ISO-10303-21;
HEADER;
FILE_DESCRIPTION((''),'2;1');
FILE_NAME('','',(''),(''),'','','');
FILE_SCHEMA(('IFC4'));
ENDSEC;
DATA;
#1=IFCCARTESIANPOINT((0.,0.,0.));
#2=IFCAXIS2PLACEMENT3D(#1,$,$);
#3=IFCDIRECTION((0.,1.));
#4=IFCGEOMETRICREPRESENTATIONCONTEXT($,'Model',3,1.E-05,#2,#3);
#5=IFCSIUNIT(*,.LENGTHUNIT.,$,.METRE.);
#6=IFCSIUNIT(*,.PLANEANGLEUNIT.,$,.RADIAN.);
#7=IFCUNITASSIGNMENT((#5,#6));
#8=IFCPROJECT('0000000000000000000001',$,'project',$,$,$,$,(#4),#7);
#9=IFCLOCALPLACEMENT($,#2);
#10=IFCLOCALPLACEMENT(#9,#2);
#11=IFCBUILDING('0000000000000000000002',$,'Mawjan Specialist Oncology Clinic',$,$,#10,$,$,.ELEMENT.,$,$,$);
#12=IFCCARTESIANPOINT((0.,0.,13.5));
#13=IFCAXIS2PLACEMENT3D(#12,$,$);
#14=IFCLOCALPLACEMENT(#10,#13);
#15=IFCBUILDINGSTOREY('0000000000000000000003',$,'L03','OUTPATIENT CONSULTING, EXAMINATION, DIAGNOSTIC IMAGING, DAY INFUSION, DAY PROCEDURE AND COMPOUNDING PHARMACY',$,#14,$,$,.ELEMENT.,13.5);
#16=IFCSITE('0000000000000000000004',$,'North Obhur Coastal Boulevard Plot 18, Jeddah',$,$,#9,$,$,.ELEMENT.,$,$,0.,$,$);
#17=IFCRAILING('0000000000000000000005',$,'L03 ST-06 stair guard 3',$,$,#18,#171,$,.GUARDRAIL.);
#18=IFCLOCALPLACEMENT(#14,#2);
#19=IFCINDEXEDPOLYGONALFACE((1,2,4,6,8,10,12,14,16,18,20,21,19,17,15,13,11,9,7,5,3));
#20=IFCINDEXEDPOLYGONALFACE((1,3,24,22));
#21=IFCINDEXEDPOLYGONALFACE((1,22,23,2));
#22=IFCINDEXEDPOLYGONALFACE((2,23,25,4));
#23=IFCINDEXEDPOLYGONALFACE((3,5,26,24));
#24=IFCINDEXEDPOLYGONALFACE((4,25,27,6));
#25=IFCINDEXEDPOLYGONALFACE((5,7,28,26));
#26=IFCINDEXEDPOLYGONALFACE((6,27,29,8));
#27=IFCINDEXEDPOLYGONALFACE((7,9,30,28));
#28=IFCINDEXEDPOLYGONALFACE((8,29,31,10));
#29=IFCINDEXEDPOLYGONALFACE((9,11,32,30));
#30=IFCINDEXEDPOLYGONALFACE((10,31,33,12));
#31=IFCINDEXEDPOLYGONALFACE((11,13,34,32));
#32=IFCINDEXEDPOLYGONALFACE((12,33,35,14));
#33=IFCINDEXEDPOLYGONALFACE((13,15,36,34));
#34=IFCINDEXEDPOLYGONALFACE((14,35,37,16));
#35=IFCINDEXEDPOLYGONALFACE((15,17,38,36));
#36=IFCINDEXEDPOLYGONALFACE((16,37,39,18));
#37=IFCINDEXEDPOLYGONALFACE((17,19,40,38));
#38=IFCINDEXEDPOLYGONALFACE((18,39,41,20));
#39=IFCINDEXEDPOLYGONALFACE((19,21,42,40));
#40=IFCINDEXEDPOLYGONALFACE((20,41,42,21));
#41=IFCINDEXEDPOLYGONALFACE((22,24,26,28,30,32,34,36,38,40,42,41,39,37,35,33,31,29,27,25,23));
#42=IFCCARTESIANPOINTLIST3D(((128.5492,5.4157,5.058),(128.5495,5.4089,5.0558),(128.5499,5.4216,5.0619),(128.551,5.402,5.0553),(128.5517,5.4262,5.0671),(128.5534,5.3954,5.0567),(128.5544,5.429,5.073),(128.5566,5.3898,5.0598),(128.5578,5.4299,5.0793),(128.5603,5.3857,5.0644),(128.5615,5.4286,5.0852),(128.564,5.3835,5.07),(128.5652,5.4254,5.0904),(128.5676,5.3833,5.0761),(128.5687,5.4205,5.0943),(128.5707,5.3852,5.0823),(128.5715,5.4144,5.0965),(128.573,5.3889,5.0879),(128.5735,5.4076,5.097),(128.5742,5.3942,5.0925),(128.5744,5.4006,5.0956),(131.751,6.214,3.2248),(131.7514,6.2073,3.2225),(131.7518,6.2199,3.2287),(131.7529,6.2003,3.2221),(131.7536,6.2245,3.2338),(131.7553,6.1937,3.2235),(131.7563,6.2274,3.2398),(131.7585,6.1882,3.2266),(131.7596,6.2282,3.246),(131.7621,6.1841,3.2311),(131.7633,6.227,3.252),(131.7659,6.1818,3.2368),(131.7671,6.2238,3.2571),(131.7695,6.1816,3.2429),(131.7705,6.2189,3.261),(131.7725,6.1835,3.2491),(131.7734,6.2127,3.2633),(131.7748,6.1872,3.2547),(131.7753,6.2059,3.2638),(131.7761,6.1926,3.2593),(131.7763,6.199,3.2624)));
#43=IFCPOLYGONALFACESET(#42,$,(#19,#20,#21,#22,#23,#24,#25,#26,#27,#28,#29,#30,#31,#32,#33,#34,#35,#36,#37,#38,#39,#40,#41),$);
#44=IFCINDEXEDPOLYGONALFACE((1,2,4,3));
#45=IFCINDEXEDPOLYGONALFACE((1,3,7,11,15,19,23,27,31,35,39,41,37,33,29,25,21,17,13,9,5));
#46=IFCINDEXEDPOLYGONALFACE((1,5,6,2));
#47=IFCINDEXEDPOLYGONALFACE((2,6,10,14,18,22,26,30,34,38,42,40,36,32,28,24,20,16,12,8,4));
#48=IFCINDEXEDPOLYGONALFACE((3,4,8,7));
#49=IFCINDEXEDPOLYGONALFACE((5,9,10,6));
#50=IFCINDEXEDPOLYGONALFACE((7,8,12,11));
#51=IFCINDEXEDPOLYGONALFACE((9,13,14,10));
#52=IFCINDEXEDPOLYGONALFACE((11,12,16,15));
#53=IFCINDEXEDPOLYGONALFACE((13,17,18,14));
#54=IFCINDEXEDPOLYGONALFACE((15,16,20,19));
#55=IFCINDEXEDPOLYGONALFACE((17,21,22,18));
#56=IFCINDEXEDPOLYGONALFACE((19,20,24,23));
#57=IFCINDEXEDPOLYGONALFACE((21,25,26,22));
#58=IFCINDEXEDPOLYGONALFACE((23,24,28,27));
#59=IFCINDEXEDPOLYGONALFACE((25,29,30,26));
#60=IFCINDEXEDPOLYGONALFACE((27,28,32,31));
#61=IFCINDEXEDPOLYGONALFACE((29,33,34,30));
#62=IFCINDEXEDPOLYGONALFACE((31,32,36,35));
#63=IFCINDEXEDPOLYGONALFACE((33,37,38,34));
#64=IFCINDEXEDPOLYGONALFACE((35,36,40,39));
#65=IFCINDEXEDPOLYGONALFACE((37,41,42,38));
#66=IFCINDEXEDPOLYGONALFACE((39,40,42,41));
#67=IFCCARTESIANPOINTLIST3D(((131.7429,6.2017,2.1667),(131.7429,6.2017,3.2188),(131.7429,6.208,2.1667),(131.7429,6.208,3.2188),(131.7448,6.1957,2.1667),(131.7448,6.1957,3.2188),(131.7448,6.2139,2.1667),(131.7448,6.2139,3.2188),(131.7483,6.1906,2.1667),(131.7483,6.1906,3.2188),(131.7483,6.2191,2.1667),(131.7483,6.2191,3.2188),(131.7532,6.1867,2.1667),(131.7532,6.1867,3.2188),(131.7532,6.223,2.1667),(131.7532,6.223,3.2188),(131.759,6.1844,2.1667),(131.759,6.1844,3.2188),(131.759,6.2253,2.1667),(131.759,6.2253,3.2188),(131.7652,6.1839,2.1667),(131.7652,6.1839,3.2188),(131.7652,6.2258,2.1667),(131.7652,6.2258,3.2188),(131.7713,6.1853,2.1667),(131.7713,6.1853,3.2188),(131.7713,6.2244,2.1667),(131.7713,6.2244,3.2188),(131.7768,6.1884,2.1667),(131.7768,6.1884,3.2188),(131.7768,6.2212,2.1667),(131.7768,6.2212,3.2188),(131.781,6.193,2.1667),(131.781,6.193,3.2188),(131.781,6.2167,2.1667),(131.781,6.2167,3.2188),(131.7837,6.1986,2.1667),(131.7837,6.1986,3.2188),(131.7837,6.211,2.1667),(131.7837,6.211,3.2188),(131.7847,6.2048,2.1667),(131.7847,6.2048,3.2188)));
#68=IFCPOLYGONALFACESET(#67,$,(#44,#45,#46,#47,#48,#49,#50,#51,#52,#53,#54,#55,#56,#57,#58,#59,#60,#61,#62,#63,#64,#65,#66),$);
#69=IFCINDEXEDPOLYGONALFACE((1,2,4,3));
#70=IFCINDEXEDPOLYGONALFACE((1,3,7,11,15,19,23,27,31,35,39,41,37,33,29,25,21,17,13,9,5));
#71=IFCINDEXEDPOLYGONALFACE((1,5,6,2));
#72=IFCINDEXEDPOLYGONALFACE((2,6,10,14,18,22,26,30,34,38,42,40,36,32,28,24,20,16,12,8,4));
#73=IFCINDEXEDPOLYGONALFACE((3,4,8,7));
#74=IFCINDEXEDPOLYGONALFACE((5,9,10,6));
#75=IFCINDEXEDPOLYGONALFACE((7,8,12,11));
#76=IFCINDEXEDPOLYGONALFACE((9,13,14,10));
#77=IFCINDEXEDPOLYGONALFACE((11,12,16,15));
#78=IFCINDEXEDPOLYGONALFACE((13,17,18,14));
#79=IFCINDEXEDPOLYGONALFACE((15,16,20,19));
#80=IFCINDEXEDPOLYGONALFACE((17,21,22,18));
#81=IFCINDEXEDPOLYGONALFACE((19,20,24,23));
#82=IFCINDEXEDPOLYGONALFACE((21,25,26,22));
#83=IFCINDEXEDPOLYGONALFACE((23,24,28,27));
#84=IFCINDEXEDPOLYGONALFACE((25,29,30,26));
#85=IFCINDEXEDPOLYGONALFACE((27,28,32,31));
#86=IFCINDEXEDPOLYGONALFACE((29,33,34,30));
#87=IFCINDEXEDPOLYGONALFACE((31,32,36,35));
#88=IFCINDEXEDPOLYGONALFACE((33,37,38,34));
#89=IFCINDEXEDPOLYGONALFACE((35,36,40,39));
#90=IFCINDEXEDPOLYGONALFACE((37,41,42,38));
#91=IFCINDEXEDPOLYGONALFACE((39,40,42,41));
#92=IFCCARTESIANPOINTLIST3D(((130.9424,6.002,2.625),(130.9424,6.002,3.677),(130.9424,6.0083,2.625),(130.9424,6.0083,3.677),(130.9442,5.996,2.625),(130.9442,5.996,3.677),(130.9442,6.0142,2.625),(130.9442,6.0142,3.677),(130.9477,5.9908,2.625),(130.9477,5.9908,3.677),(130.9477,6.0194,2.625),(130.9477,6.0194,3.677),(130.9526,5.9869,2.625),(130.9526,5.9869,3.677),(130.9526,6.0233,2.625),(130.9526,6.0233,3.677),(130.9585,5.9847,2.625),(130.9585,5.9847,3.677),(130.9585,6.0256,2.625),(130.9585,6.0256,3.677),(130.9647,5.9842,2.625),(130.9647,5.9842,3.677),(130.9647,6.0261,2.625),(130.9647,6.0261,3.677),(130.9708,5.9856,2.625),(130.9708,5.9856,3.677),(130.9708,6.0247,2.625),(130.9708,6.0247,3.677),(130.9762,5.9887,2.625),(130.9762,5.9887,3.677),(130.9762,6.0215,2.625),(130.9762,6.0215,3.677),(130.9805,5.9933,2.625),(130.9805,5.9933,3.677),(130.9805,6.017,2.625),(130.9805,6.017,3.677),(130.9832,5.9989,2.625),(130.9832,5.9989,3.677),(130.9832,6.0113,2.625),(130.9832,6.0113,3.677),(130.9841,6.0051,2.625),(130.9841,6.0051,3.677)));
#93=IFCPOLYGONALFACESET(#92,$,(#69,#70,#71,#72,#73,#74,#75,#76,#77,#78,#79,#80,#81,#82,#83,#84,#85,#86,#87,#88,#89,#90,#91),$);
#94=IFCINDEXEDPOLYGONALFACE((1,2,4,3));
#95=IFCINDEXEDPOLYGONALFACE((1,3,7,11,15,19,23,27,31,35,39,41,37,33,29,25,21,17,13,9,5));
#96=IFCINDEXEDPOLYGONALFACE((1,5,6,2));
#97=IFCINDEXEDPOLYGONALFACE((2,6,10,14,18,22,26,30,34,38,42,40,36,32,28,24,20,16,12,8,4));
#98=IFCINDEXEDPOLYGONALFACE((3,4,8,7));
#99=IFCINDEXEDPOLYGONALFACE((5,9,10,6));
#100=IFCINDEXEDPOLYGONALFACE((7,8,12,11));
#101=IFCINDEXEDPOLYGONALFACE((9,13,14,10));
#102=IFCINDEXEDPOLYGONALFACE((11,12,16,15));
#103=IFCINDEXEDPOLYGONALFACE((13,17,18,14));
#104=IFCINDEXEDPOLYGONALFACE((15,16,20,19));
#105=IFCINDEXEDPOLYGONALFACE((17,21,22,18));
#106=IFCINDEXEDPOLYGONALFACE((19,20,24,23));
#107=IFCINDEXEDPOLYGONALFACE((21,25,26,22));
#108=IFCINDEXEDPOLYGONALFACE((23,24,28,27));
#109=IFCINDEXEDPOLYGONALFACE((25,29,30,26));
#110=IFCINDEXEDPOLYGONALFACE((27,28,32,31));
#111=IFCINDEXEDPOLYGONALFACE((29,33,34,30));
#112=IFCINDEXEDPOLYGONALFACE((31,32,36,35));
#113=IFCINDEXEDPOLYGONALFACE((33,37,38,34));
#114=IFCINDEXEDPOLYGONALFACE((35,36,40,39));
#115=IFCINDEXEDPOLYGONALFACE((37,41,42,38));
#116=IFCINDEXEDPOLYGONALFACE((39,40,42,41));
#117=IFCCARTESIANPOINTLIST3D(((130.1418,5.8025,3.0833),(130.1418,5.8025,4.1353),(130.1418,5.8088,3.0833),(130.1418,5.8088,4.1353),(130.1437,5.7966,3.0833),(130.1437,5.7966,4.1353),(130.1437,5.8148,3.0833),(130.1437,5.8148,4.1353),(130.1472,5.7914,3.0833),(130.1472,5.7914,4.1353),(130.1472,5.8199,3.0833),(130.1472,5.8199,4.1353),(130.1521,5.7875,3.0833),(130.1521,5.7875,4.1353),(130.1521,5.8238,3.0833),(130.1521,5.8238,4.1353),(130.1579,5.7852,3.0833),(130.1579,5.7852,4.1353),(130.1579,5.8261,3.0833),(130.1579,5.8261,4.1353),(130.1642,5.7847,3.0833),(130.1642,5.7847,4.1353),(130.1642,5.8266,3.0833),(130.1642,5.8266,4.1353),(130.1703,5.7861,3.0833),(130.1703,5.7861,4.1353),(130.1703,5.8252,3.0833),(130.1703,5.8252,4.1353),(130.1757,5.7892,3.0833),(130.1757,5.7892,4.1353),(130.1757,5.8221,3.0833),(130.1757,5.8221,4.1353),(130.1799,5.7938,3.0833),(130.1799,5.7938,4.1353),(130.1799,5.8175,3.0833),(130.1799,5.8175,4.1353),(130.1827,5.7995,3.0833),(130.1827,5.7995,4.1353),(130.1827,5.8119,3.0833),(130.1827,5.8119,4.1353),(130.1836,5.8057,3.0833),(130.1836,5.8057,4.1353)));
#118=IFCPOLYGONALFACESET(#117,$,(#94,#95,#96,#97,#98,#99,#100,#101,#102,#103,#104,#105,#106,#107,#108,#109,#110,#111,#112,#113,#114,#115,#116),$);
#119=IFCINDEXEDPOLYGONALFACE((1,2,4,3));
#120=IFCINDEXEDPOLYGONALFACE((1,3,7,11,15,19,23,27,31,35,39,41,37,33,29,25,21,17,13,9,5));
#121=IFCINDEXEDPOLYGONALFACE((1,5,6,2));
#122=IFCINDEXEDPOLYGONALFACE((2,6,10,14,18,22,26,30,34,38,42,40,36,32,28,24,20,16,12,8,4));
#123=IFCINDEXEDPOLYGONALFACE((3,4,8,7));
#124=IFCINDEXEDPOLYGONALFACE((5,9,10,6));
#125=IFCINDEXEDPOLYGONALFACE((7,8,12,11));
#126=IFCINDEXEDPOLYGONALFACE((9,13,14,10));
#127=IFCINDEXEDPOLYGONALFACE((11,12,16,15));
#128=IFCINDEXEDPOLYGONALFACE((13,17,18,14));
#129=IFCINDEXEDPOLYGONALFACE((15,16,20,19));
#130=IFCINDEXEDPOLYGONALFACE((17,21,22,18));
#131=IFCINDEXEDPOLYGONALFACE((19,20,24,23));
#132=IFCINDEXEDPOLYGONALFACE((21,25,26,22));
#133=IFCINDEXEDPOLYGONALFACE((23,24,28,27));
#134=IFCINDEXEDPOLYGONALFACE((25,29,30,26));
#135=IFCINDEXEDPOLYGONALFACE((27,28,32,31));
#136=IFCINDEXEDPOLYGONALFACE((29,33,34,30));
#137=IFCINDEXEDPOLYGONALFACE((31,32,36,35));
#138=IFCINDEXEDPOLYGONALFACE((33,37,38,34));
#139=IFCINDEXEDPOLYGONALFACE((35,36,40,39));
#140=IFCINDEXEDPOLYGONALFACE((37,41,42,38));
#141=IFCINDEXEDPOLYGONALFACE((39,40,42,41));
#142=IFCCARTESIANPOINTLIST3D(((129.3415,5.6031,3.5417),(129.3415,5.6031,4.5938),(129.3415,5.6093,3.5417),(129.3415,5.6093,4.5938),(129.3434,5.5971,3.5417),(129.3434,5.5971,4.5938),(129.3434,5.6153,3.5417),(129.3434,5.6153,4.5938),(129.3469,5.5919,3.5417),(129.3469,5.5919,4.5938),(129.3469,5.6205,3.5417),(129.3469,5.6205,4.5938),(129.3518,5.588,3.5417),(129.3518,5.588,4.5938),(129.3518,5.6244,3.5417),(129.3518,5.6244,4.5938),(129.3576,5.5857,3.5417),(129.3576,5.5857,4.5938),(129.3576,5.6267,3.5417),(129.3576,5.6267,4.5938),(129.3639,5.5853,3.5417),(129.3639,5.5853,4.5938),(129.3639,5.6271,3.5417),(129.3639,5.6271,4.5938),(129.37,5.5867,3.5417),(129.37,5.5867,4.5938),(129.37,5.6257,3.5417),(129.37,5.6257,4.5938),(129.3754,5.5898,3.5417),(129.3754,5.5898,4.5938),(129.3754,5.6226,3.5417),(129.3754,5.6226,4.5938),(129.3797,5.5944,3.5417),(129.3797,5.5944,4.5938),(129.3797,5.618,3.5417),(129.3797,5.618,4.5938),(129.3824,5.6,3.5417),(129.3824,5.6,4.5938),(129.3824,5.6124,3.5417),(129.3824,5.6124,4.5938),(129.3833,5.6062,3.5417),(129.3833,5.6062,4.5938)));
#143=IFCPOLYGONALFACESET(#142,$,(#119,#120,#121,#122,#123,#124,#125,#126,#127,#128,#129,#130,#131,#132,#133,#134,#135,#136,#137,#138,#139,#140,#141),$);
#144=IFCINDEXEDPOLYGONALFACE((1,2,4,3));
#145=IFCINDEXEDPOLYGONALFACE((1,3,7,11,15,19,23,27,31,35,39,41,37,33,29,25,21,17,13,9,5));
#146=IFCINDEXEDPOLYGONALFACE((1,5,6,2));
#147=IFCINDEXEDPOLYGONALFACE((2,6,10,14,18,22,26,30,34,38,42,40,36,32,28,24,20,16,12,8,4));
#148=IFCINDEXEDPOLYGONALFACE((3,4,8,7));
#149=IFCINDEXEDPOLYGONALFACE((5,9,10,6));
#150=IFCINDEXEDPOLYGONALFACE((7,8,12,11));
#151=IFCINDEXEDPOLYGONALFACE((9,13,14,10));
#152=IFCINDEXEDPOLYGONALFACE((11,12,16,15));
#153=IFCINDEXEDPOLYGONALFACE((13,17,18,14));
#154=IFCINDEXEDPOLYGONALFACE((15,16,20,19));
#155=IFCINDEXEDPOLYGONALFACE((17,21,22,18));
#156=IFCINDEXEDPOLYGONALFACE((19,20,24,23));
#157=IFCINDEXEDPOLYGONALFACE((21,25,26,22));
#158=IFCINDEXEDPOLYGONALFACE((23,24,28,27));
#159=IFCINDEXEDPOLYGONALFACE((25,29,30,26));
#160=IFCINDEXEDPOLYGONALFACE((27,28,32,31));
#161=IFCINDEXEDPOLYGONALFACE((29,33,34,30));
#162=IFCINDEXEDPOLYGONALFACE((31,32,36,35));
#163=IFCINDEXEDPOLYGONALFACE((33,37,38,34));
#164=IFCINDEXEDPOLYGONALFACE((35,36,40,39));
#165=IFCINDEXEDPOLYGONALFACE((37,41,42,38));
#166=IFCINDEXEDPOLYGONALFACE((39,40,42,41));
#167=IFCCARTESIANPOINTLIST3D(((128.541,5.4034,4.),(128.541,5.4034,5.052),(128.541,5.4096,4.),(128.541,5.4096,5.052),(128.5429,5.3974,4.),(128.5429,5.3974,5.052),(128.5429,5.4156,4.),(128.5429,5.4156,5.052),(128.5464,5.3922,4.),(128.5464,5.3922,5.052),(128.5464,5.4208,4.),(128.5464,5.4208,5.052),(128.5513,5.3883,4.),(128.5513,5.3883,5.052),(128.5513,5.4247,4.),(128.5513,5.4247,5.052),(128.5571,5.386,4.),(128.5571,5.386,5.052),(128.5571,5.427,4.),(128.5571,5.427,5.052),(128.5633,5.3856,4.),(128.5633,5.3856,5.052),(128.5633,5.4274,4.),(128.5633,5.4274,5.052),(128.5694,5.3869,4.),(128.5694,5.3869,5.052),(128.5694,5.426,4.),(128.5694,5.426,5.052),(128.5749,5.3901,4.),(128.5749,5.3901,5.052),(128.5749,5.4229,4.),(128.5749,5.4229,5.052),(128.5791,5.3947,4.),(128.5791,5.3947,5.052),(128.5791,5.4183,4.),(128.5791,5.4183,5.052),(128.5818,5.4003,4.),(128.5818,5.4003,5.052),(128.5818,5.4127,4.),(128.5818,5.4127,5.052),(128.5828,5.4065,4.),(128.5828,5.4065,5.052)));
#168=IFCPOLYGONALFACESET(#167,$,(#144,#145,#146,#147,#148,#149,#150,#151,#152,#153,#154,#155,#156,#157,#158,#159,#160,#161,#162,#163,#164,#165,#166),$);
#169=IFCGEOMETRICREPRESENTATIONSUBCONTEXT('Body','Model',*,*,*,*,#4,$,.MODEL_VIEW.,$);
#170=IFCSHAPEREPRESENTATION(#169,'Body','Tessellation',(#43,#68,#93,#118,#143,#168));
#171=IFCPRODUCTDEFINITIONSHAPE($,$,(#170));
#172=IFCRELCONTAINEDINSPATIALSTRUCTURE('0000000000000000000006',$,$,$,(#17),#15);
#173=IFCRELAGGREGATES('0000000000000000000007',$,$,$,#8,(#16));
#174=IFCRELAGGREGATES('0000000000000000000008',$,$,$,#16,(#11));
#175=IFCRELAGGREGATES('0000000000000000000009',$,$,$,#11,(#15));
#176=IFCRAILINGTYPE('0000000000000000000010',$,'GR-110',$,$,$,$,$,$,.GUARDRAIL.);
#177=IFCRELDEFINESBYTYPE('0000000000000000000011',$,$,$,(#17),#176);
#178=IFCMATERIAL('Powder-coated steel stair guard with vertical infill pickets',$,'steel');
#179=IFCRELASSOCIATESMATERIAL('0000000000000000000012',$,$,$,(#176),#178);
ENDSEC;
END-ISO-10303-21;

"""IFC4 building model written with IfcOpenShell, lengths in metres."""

from ifc_helpers import new_model, si_unit, direction, frame, origin, origin_2d, place, context, subcontext, project, spatial, circle, extrude, material, type_object, element, save


model = new_model("IFC4")

# Units and contexts
model_context = context("Model", 3, precision=1e-05, world=origin(), true_north=direction((0.0, 1.0)))
body_context = subcontext(model_context, "Body", "Model", "MODEL_VIEW")
ifc_project = project(units=[si_unit("LENGTHUNIT", "METRE"), si_unit("PLANEANGLEUNIT", "RADIAN")], contexts=[model_context])

# Site, building, storey
site_placement = place(None, origin())
site = spatial("IfcSite", under=ifc_project, at=site_placement, Name="North Obhur Coastal Boulevard Plot 18, Jeddah", CompositionType="ELEMENT", RefElevation=0.0)
building_placement = place(site_placement, origin())
building = spatial("IfcBuilding", under=site, at=building_placement, Name="Mawjan Specialist Oncology Clinic", CompositionType="ELEMENT")
storey_placement = place(building_placement, frame((0.0, 0.0, 13.5)))
storey = spatial("IfcBuildingStorey", under=building, at=storey_placement, Name="L03", Description="OUTPATIENT CONSULTING, EXAMINATION, DIAGNOSTIC IMAGING, DAY INFUSION, DAY PROCEDURE AND COMPOUNDING PHARMACY", CompositionType="ELEMENT", Elevation=13.5)

# Railing
ifc_material_1 = material(Name="Powder-coated steel stair guard with vertical infill pickets", Category="steel")
railing_type_1 = type_object("IfcRailingType", Name="GR-110", PredefinedType="GUARDRAIL", material=ifc_material_1)
railing_1_placement = place(storey_placement, frame((131.7637, 6.2048, 2.1667)))
element("IfcRailing", 1, at=railing_1_placement, inside=storey, type_object=railing_type_1, Name="L03 ST-06 stair guard 3", PredefinedType="GUARDRAIL", context=body_context, shape_type="SweptSolid", body=[
    extrude(circle(Radius=0.0239, at=origin_2d()), frame((0.0, 0.0, 1.0762), z_axis=(-0.848195, -0.211483, 0.485634), x_axis=(0.241926, -0.970295, 0.0)), (0.0, 0.0, 1.0), 3.7749),
    extrude(circle(Radius=0.021, at=origin_2d()), origin(), (0.0, 0.0, 1.0), 1.052),
    extrude(circle(Radius=0.021, at=origin_2d()), frame((-0.8005, -0.1997, 0.4583)), (0.0, 0.0, 1.0), 1.052),
    extrude(circle(Radius=0.021, at=origin_2d()), frame((-1.6011, -0.3992, 0.9165)), (0.0, 0.0, 1.0), 1.052),
    extrude(circle(Radius=0.021, at=origin_2d()), frame((-2.4014, -0.5986, 1.375)), (0.0, 0.0, 1.0), 1.052),
    extrude(circle(Radius=0.021, at=origin_2d()), frame((-3.2019, -0.7983, 1.8333)), (0.0, 0.0, 1.0), 1.052),
])

save(model, "model.ifc")
